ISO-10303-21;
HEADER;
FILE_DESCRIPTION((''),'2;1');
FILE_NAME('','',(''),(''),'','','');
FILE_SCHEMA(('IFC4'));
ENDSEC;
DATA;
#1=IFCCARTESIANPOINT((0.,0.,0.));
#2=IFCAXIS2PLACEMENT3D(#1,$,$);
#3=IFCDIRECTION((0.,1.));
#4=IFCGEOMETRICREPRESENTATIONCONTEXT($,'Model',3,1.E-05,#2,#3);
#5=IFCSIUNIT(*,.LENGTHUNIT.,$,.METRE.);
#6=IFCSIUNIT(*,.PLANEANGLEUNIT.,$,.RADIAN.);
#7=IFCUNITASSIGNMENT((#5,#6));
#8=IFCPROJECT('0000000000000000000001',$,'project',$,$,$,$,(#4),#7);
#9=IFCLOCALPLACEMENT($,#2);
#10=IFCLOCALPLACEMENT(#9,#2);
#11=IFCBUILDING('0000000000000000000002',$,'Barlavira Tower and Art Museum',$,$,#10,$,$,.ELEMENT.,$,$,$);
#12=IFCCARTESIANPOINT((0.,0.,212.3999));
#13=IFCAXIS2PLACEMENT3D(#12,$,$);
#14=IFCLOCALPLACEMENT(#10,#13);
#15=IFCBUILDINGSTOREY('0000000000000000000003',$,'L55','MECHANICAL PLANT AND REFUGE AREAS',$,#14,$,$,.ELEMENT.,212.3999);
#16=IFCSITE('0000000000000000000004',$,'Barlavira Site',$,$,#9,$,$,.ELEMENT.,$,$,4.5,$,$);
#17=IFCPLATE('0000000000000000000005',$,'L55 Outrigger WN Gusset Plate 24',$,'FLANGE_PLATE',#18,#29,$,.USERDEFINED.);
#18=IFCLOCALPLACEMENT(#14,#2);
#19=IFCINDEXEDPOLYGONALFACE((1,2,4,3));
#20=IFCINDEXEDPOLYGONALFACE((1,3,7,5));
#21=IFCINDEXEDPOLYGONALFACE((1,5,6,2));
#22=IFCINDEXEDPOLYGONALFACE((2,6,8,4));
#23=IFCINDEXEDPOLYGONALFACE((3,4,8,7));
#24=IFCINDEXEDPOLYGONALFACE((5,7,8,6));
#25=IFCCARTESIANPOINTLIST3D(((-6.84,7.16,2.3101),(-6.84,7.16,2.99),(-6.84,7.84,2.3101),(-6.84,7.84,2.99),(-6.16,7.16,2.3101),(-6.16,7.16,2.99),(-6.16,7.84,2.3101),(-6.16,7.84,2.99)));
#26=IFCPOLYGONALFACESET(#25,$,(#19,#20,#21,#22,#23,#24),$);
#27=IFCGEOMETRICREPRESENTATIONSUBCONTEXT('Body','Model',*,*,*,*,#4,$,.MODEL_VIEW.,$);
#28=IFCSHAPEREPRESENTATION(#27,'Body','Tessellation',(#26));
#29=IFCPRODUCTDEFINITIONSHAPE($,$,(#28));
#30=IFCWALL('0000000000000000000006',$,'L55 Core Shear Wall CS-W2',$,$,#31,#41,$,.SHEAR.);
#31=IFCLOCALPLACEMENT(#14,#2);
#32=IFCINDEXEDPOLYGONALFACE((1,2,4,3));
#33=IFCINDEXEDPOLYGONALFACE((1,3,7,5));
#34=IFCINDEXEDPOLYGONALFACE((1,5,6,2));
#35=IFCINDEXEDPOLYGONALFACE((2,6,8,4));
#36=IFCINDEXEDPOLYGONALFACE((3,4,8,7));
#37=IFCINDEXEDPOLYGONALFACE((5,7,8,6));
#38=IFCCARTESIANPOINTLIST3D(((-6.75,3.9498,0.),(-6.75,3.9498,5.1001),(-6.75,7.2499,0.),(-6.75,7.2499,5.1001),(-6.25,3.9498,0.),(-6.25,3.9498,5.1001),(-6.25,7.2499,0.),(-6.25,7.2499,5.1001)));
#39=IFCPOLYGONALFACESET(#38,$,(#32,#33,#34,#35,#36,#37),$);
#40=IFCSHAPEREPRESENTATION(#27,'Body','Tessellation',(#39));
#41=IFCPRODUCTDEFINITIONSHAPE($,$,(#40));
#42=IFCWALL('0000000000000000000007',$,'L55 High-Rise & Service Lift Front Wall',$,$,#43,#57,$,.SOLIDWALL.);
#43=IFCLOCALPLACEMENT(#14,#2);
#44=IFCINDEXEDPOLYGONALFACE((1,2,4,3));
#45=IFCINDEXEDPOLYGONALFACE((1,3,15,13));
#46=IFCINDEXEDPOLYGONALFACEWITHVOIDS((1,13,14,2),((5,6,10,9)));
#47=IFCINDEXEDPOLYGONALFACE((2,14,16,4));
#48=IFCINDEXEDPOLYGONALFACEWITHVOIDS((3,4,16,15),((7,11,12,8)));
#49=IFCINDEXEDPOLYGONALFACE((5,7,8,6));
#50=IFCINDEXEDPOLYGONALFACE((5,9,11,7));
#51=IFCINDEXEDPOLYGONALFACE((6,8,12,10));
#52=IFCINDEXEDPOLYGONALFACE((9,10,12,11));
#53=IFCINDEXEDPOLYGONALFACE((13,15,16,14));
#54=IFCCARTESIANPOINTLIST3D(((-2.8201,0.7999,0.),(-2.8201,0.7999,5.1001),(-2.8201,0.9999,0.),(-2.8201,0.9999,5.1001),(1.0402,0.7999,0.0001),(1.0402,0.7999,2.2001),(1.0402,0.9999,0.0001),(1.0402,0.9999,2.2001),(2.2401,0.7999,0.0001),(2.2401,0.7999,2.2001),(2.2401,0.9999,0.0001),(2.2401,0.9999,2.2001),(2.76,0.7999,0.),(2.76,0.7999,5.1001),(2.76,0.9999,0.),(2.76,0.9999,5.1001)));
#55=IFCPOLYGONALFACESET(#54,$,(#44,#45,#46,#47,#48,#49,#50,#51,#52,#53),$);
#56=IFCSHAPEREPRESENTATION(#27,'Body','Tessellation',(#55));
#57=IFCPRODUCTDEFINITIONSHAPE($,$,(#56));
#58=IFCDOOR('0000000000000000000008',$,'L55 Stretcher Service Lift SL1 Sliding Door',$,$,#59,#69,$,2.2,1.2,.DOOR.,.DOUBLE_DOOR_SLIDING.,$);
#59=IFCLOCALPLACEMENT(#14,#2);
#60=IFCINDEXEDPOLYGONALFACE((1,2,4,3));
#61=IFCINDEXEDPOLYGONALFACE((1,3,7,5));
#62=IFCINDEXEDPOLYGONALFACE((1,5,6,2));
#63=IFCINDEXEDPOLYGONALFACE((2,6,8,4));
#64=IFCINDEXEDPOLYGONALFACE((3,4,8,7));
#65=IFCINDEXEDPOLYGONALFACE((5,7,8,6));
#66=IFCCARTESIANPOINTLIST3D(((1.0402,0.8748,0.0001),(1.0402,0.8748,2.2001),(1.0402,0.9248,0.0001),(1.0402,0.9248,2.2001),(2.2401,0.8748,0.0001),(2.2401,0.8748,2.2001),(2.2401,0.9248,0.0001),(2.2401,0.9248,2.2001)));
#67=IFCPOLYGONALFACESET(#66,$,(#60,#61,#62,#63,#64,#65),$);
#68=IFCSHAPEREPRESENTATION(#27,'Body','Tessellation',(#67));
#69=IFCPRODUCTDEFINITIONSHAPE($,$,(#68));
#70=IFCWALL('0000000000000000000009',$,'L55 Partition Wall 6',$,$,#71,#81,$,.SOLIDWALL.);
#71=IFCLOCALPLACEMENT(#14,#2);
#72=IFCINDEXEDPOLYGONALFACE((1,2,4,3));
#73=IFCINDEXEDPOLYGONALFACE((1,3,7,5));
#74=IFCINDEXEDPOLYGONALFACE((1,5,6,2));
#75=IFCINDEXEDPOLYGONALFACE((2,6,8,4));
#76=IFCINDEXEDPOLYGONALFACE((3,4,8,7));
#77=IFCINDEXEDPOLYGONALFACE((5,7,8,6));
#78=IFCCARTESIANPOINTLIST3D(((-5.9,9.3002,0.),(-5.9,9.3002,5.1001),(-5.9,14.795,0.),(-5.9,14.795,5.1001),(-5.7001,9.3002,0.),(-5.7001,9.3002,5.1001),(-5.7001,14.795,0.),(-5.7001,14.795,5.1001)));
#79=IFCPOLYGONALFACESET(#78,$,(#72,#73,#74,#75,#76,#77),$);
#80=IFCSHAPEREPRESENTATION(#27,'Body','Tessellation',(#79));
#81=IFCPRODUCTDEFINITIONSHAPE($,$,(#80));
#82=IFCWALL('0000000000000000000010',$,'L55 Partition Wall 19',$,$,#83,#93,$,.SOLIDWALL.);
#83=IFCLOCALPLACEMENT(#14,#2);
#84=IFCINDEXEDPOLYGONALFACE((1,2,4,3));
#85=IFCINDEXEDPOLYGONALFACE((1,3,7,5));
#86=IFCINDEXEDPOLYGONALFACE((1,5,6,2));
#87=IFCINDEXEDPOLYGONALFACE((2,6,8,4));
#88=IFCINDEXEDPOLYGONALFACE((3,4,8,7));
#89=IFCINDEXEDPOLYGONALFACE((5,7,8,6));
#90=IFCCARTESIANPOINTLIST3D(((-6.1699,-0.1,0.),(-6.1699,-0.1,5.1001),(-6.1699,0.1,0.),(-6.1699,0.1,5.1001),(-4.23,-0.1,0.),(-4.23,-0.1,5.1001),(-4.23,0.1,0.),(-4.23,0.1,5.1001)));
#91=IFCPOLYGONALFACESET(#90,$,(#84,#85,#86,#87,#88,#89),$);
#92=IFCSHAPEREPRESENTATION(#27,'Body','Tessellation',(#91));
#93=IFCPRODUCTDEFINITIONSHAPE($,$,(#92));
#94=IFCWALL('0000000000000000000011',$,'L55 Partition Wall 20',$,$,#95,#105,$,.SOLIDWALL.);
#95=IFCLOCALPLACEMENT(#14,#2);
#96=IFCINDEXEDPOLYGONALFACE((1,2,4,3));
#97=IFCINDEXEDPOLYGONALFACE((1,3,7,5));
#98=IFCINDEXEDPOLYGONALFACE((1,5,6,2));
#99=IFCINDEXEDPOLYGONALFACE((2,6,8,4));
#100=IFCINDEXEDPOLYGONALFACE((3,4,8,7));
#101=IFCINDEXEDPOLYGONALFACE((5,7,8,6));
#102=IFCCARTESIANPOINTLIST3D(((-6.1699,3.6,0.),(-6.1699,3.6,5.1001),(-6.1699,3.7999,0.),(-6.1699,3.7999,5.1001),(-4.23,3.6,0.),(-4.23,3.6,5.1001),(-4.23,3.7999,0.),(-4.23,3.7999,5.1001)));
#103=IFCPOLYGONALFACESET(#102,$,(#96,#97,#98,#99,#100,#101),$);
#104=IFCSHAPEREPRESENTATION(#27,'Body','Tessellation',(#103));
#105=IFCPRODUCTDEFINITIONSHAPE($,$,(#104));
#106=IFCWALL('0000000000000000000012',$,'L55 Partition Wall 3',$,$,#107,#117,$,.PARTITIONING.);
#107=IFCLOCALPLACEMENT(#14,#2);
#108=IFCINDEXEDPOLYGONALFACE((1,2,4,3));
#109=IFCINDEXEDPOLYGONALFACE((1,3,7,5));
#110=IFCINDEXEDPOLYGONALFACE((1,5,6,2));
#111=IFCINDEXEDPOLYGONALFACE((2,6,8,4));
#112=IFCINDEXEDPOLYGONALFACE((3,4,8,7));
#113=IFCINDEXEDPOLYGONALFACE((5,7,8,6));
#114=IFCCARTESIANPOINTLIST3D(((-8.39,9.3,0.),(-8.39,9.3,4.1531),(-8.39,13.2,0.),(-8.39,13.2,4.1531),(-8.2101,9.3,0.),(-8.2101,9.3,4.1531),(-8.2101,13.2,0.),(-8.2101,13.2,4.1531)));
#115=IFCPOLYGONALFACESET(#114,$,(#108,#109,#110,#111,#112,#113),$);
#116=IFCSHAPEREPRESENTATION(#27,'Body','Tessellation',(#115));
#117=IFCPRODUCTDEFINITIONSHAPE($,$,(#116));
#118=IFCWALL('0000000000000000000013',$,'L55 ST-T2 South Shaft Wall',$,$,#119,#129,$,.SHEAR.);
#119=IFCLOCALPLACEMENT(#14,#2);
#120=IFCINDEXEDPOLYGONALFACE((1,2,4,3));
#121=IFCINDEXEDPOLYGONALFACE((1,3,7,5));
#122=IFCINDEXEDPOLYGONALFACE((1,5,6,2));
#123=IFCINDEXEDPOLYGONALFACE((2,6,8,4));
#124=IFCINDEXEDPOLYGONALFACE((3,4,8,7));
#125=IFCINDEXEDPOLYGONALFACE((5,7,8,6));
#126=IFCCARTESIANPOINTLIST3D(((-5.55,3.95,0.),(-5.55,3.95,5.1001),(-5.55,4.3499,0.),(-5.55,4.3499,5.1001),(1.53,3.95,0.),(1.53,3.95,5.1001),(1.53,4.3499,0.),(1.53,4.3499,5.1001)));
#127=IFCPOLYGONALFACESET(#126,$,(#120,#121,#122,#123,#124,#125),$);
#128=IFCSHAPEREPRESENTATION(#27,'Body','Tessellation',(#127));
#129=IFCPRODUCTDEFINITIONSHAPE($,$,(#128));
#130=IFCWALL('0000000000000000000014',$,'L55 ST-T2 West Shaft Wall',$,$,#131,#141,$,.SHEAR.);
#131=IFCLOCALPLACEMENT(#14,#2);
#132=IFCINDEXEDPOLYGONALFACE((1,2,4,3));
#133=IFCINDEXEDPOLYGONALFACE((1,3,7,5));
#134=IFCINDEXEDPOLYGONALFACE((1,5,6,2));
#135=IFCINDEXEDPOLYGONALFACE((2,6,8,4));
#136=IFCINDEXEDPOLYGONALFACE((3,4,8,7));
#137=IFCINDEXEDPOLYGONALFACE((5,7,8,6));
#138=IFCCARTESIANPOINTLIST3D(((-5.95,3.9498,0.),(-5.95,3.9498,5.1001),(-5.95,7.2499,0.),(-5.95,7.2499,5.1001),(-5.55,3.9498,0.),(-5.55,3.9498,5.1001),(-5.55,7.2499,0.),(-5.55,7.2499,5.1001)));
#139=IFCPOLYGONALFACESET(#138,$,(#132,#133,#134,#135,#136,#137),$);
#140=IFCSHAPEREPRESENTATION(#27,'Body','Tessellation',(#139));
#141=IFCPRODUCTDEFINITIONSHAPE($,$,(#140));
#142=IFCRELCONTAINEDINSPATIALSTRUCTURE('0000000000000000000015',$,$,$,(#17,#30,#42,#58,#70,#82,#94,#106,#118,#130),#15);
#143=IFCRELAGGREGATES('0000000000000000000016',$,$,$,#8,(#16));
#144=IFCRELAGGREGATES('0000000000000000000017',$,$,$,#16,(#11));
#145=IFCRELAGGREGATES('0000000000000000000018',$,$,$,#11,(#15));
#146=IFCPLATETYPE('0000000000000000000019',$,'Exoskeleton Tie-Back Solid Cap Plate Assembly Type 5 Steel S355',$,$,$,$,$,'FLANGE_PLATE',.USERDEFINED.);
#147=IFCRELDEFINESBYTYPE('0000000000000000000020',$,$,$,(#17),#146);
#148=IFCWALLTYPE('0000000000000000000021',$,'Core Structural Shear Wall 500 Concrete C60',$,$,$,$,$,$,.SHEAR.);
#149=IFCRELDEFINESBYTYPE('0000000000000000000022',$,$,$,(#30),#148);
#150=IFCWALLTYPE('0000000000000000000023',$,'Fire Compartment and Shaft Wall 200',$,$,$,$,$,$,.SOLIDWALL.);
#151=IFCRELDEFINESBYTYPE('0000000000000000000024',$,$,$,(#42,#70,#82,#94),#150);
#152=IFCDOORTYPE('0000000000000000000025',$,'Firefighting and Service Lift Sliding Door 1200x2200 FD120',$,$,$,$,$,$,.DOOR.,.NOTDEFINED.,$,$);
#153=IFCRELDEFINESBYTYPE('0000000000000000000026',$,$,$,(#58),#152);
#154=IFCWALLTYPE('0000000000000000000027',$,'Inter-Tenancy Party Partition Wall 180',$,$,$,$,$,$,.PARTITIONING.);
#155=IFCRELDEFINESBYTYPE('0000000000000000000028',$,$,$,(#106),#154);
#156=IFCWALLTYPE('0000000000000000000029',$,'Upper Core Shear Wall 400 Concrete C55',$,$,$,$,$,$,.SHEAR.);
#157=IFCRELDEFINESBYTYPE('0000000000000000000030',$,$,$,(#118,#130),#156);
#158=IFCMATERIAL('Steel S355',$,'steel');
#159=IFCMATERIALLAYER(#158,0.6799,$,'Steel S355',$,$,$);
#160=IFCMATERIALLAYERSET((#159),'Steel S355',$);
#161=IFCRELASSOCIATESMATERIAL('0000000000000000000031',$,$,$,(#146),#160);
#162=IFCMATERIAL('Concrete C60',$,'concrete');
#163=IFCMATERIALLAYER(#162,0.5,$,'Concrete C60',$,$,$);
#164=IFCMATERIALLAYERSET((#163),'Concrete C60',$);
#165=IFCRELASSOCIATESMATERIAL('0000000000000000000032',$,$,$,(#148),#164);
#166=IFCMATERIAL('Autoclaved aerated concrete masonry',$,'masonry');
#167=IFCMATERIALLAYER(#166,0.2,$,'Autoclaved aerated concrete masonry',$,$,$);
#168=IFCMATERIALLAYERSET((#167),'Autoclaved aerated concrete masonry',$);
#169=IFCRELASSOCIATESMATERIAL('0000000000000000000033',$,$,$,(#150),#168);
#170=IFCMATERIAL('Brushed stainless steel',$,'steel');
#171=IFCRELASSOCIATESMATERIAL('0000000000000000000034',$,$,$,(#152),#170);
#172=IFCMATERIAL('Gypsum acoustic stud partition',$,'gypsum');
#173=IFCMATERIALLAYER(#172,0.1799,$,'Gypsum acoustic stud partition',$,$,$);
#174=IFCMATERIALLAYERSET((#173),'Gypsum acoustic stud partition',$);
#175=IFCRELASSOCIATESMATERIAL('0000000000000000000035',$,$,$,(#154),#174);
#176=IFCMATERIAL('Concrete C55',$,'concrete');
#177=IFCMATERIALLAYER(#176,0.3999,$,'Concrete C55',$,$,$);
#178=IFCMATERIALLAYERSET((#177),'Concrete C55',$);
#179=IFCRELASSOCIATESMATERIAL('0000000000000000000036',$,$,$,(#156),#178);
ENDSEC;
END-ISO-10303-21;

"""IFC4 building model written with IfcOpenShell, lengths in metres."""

from ifc_helpers import new_model, si_unit, direction, frame, frame_2d, origin, origin_2d, place, context, subcontext, project, spatial, rectangle, extrude, material, layer, layer_set, type_object, element, fill, save


model = new_model("IFC4")

# Units and contexts
model_context = context("Model", 3, precision=1e-05, world=origin(), true_north=direction((0.0, 1.0)))
body_context = subcontext(model_context, "Body", "Model", "MODEL_VIEW")
ifc_project = project(units=[si_unit("LENGTHUNIT", "METRE"), si_unit("PLANEANGLEUNIT", "RADIAN")], contexts=[model_context])

# Site, building, storey
site_placement = place(None, origin())
site = spatial("IfcSite", under=ifc_project, at=site_placement, Name="Barlavira Site", CompositionType="ELEMENT", RefElevation=4.5)
building_placement = place(site_placement, origin())
building = spatial("IfcBuilding", under=site, at=building_placement, Name="Barlavira Tower and Art Museum", CompositionType="ELEMENT")
storey_placement = place(building_placement, frame((0.0, 0.0, 212.3999)))
storey = spatial("IfcBuildingStorey", under=building, at=storey_placement, Name="L55", Description="MECHANICAL PLANT AND REFUGE AREAS", CompositionType="ELEMENT", Elevation=212.3999)

# Shared definitions
ifc_material_1 = material(Name="Steel S355", Category="steel")

# Plate
ifc_layer_1 = layer(ifc_material_1, 0.6799, Name="Steel S355")
ifc_layer_set_1 = layer_set([ifc_layer_1], Name="Steel S355")
plate_type = type_object("IfcPlateType", Name="Exoskeleton Tie-Back Solid Cap Plate Assembly Type 5 Steel S355", ElementType="FLANGE_PLATE", PredefinedType="USERDEFINED", material=ifc_layer_set_1)
plate_placement = place(storey_placement, frame((-6.5, 7.5, 2.3101), z_axis=(0.0, 0.0, 1.0), x_axis=(1.0, 0.0, 0.0)))
element("IfcPlate", 1, at=plate_placement, inside=storey, type_object=plate_type, Name="L55 Outrigger WN Gusset Plate 24", ObjectType="FLANGE_PLATE", PredefinedType="USERDEFINED", context=body_context, shape_type="SweptSolid", body=[
    extrude(rectangle(XDim=0.6799, YDim=0.6799, at=origin_2d()), origin(), (0.0, 0.0, 1.0), 0.6799),
])

# Shared definitions
ifc_material_2 = material(Name="Concrete C60", Category="concrete")
ifc_layer_2 = layer(ifc_material_2, 0.5, Name="Concrete C60")
ifc_layer_set_2 = layer_set([ifc_layer_2], Name="Concrete C60")
wall_type_1 = type_object("IfcWallType", Name="Core Structural Shear Wall 500 Concrete C60", PredefinedType="SHEAR", material=ifc_layer_set_2)
ifc_material_3 = material(Name="Brushed stainless steel", Category="steel")

# Wall
wall_1_placement = place(storey_placement, frame((-6.5, 3.95, 0.0), z_axis=(0.0, 0.0, 1.0), x_axis=(0.0, 1.0, 0.0)))
element("IfcWall", 2, at=wall_1_placement, inside=storey, type_object=wall_type_1, Name="L55 Core Shear Wall CS-W2", PredefinedType="SHEAR", context=body_context, shape_type="SweptSolid", body=[
    extrude(rectangle(XDim=3.3, YDim=0.5, at=frame_2d((1.6499, 0.0))), origin(), (0.0, 0.0, 1.0), 5.1001),
])

# Wall, opening, door
ifc_material_4 = material(Name="Autoclaved aerated concrete masonry", Category="masonry")
ifc_layer_3 = layer(ifc_material_4, 0.2, Name="Autoclaved aerated concrete masonry")
ifc_layer_set_3 = layer_set([ifc_layer_3], Name="Autoclaved aerated concrete masonry")
wall_type_2 = type_object("IfcWallType", Name="Fire Compartment and Shaft Wall 200", PredefinedType="SOLIDWALL", material=ifc_layer_set_3)
wall_2_placement = place(storey_placement, frame((-2.8201, 0.8999, 0.0), z_axis=(0.0, 0.0, 1.0), x_axis=(1.0, 0.0, 0.0)))
wall_2 = element("IfcWall", 3, at=wall_2_placement, inside=storey, type_object=wall_type_2, Name="L55 High-Rise & Service Lift Front Wall", PredefinedType="SOLIDWALL", context=body_context, shape_type="SweptSolid", body=[
    extrude(rectangle(XDim=5.5801, YDim=0.2, at=frame_2d((2.79, 0.0))), origin(), (0.0, 0.0, 1.0), 5.1001),
])
opening_1_placement = place(wall_2_placement, frame((3.8601, 0.0, 0.0)))
opening_1 = element("IfcOpeningElement", 4, at=opening_1_placement, cuts=wall_2, PredefinedType="OPENING", context=body_context, shape_type="SweptSolid", body=[
    extrude(rectangle(XDim=1.2, YDim=2.2, at=frame_2d((0.6001, 1.1001))), frame((0.0, 0.1099, 0.0), z_axis=(0.0, -1.0, 0.0), x_axis=(1.0, 0.0, 0.0)), (0.0, 0.0, 1.0), 0.22),
])
door_type_1 = type_object("IfcDoorType", Name="Firefighting and Service Lift Sliding Door 1200x2200 FD120", OperationType="NOTDEFINED", PredefinedType="DOOR", material=ifc_material_3)
door_1_placement = place(opening_1_placement, origin())
door_1 = element("IfcDoor", 5, at=door_1_placement, inside=storey, type_object=door_type_1, Name="L55 Stretcher Service Lift SL1 Sliding Door", OperationType="DOUBLE_DOOR_SLIDING", OverallHeight=2.2, OverallWidth=1.2, PredefinedType="DOOR", context=body_context, shape_type="SweptSolid", body=[
    extrude(rectangle(XDim=1.2, YDim=2.2, at=frame_2d((0.6001, 1.1001))), frame((0.0, 0.0249, 0.0), z_axis=(0.0, -1.0, 0.0), x_axis=(1.0, 0.0, 0.0)), (0.0, 0.0, 1.0), 0.05),
])
fill(opening_1, door_1)

# Walls
wall_3_placement = place(storey_placement, frame((-5.8, 9.3, 0.0), z_axis=(0.0, 0.0, 1.0), x_axis=(0.0, 1.0, 0.0)))
element("IfcWall", 6, at=wall_3_placement, inside=storey, type_object=wall_type_2, Name="L55 Partition Wall 6", PredefinedType="SOLIDWALL", context=body_context, shape_type="SweptSolid", body=[
    extrude(rectangle(XDim=5.4949, YDim=0.2, at=frame_2d((2.7476, 0.0))), origin(), (0.0, 0.0, 1.0), 5.1001),
])
for number, where, z_axis, x_axis, name in (
    (7, (-6.1699, 0.0, 0.0), (0.0, 0.0, 1.0), (1.0, 0.0, 0.0), "L55 Partition Wall 19"),
    (8, (-6.1699, 3.7, 0.0), (0.0, 0.0, 1.0), (1.0, 0.0, 0.0), "L55 Partition Wall 20"),
):
    element("IfcWall", number, at=place(storey_placement, frame(where, z_axis=z_axis, x_axis=x_axis)), inside=storey, type_object=wall_type_2, Name=name, PredefinedType="SOLIDWALL", context=body_context, shape_type="SweptSolid", body=[
        extrude(rectangle(XDim=1.9399, YDim=0.2, at=frame_2d((0.97, 0.0))), origin(), (0.0, 0.0, 1.0), 5.1001),
    ])
ifc_material_5 = material(Name="Gypsum acoustic stud partition", Category="gypsum")
ifc_layer_4 = layer(ifc_material_5, 0.1799, Name="Gypsum acoustic stud partition")
ifc_layer_set_4 = layer_set([ifc_layer_4], Name="Gypsum acoustic stud partition")
wall_type_3 = type_object("IfcWallType", Name="Inter-Tenancy Party Partition Wall 180", PredefinedType="PARTITIONING", material=ifc_layer_set_4)
wall_4_placement = place(storey_placement, frame((-8.3, 9.3, 0.0), z_axis=(0.0, 0.0, 1.0), x_axis=(0.0, 1.0, 0.0)))
element("IfcWall", 9, at=wall_4_placement, inside=storey, type_object=wall_type_3, Name="L55 Partition Wall 3", PredefinedType="PARTITIONING", context=body_context, shape_type="SweptSolid", body=[
    extrude(rectangle(XDim=3.8999, YDim=0.1799, at=frame_2d((1.95, 0.0))), origin(), (0.0, 0.0, 1.0), 4.1531),
])
ifc_material_6 = material(Name="Concrete C55", Category="concrete")
ifc_layer_5 = layer(ifc_material_6, 0.3999, Name="Concrete C55")
ifc_layer_set_5 = layer_set([ifc_layer_5], Name="Concrete C55")
wall_type_4 = type_object("IfcWallType", Name="Upper Core Shear Wall 400 Concrete C55", PredefinedType="SHEAR", material=ifc_layer_set_5)
wall_5_placement = place(storey_placement, frame((-5.55, 4.1499, 0.0), z_axis=(0.0, 0.0, 1.0), x_axis=(1.0, 0.0, 0.0)))
element("IfcWall", 10, at=wall_5_placement, inside=storey, type_object=wall_type_4, Name="L55 ST-T2 South Shaft Wall", PredefinedType="SHEAR", context=body_context, shape_type="SweptSolid", body=[
    extrude(rectangle(XDim=7.0801, YDim=0.3999, at=frame_2d((3.54, 0.0))), origin(), (0.0, 0.0, 1.0), 5.1001),
])
wall_6_placement = place(storey_placement, frame((-5.75, 3.95, 0.0), z_axis=(0.0, 0.0, 1.0), x_axis=(0.0, 1.0, 0.0)))
element("IfcWall", 11, at=wall_6_placement, inside=storey, type_object=wall_type_4, Name="L55 ST-T2 West Shaft Wall", PredefinedType="SHEAR", context=body_context, shape_type="SweptSolid", body=[
    extrude(rectangle(XDim=3.3, YDim=0.3999, at=frame_2d((1.6499, 0.0))), origin(), (0.0, 0.0, 1.0), 5.1001),
])

save(model, "model.ifc")
